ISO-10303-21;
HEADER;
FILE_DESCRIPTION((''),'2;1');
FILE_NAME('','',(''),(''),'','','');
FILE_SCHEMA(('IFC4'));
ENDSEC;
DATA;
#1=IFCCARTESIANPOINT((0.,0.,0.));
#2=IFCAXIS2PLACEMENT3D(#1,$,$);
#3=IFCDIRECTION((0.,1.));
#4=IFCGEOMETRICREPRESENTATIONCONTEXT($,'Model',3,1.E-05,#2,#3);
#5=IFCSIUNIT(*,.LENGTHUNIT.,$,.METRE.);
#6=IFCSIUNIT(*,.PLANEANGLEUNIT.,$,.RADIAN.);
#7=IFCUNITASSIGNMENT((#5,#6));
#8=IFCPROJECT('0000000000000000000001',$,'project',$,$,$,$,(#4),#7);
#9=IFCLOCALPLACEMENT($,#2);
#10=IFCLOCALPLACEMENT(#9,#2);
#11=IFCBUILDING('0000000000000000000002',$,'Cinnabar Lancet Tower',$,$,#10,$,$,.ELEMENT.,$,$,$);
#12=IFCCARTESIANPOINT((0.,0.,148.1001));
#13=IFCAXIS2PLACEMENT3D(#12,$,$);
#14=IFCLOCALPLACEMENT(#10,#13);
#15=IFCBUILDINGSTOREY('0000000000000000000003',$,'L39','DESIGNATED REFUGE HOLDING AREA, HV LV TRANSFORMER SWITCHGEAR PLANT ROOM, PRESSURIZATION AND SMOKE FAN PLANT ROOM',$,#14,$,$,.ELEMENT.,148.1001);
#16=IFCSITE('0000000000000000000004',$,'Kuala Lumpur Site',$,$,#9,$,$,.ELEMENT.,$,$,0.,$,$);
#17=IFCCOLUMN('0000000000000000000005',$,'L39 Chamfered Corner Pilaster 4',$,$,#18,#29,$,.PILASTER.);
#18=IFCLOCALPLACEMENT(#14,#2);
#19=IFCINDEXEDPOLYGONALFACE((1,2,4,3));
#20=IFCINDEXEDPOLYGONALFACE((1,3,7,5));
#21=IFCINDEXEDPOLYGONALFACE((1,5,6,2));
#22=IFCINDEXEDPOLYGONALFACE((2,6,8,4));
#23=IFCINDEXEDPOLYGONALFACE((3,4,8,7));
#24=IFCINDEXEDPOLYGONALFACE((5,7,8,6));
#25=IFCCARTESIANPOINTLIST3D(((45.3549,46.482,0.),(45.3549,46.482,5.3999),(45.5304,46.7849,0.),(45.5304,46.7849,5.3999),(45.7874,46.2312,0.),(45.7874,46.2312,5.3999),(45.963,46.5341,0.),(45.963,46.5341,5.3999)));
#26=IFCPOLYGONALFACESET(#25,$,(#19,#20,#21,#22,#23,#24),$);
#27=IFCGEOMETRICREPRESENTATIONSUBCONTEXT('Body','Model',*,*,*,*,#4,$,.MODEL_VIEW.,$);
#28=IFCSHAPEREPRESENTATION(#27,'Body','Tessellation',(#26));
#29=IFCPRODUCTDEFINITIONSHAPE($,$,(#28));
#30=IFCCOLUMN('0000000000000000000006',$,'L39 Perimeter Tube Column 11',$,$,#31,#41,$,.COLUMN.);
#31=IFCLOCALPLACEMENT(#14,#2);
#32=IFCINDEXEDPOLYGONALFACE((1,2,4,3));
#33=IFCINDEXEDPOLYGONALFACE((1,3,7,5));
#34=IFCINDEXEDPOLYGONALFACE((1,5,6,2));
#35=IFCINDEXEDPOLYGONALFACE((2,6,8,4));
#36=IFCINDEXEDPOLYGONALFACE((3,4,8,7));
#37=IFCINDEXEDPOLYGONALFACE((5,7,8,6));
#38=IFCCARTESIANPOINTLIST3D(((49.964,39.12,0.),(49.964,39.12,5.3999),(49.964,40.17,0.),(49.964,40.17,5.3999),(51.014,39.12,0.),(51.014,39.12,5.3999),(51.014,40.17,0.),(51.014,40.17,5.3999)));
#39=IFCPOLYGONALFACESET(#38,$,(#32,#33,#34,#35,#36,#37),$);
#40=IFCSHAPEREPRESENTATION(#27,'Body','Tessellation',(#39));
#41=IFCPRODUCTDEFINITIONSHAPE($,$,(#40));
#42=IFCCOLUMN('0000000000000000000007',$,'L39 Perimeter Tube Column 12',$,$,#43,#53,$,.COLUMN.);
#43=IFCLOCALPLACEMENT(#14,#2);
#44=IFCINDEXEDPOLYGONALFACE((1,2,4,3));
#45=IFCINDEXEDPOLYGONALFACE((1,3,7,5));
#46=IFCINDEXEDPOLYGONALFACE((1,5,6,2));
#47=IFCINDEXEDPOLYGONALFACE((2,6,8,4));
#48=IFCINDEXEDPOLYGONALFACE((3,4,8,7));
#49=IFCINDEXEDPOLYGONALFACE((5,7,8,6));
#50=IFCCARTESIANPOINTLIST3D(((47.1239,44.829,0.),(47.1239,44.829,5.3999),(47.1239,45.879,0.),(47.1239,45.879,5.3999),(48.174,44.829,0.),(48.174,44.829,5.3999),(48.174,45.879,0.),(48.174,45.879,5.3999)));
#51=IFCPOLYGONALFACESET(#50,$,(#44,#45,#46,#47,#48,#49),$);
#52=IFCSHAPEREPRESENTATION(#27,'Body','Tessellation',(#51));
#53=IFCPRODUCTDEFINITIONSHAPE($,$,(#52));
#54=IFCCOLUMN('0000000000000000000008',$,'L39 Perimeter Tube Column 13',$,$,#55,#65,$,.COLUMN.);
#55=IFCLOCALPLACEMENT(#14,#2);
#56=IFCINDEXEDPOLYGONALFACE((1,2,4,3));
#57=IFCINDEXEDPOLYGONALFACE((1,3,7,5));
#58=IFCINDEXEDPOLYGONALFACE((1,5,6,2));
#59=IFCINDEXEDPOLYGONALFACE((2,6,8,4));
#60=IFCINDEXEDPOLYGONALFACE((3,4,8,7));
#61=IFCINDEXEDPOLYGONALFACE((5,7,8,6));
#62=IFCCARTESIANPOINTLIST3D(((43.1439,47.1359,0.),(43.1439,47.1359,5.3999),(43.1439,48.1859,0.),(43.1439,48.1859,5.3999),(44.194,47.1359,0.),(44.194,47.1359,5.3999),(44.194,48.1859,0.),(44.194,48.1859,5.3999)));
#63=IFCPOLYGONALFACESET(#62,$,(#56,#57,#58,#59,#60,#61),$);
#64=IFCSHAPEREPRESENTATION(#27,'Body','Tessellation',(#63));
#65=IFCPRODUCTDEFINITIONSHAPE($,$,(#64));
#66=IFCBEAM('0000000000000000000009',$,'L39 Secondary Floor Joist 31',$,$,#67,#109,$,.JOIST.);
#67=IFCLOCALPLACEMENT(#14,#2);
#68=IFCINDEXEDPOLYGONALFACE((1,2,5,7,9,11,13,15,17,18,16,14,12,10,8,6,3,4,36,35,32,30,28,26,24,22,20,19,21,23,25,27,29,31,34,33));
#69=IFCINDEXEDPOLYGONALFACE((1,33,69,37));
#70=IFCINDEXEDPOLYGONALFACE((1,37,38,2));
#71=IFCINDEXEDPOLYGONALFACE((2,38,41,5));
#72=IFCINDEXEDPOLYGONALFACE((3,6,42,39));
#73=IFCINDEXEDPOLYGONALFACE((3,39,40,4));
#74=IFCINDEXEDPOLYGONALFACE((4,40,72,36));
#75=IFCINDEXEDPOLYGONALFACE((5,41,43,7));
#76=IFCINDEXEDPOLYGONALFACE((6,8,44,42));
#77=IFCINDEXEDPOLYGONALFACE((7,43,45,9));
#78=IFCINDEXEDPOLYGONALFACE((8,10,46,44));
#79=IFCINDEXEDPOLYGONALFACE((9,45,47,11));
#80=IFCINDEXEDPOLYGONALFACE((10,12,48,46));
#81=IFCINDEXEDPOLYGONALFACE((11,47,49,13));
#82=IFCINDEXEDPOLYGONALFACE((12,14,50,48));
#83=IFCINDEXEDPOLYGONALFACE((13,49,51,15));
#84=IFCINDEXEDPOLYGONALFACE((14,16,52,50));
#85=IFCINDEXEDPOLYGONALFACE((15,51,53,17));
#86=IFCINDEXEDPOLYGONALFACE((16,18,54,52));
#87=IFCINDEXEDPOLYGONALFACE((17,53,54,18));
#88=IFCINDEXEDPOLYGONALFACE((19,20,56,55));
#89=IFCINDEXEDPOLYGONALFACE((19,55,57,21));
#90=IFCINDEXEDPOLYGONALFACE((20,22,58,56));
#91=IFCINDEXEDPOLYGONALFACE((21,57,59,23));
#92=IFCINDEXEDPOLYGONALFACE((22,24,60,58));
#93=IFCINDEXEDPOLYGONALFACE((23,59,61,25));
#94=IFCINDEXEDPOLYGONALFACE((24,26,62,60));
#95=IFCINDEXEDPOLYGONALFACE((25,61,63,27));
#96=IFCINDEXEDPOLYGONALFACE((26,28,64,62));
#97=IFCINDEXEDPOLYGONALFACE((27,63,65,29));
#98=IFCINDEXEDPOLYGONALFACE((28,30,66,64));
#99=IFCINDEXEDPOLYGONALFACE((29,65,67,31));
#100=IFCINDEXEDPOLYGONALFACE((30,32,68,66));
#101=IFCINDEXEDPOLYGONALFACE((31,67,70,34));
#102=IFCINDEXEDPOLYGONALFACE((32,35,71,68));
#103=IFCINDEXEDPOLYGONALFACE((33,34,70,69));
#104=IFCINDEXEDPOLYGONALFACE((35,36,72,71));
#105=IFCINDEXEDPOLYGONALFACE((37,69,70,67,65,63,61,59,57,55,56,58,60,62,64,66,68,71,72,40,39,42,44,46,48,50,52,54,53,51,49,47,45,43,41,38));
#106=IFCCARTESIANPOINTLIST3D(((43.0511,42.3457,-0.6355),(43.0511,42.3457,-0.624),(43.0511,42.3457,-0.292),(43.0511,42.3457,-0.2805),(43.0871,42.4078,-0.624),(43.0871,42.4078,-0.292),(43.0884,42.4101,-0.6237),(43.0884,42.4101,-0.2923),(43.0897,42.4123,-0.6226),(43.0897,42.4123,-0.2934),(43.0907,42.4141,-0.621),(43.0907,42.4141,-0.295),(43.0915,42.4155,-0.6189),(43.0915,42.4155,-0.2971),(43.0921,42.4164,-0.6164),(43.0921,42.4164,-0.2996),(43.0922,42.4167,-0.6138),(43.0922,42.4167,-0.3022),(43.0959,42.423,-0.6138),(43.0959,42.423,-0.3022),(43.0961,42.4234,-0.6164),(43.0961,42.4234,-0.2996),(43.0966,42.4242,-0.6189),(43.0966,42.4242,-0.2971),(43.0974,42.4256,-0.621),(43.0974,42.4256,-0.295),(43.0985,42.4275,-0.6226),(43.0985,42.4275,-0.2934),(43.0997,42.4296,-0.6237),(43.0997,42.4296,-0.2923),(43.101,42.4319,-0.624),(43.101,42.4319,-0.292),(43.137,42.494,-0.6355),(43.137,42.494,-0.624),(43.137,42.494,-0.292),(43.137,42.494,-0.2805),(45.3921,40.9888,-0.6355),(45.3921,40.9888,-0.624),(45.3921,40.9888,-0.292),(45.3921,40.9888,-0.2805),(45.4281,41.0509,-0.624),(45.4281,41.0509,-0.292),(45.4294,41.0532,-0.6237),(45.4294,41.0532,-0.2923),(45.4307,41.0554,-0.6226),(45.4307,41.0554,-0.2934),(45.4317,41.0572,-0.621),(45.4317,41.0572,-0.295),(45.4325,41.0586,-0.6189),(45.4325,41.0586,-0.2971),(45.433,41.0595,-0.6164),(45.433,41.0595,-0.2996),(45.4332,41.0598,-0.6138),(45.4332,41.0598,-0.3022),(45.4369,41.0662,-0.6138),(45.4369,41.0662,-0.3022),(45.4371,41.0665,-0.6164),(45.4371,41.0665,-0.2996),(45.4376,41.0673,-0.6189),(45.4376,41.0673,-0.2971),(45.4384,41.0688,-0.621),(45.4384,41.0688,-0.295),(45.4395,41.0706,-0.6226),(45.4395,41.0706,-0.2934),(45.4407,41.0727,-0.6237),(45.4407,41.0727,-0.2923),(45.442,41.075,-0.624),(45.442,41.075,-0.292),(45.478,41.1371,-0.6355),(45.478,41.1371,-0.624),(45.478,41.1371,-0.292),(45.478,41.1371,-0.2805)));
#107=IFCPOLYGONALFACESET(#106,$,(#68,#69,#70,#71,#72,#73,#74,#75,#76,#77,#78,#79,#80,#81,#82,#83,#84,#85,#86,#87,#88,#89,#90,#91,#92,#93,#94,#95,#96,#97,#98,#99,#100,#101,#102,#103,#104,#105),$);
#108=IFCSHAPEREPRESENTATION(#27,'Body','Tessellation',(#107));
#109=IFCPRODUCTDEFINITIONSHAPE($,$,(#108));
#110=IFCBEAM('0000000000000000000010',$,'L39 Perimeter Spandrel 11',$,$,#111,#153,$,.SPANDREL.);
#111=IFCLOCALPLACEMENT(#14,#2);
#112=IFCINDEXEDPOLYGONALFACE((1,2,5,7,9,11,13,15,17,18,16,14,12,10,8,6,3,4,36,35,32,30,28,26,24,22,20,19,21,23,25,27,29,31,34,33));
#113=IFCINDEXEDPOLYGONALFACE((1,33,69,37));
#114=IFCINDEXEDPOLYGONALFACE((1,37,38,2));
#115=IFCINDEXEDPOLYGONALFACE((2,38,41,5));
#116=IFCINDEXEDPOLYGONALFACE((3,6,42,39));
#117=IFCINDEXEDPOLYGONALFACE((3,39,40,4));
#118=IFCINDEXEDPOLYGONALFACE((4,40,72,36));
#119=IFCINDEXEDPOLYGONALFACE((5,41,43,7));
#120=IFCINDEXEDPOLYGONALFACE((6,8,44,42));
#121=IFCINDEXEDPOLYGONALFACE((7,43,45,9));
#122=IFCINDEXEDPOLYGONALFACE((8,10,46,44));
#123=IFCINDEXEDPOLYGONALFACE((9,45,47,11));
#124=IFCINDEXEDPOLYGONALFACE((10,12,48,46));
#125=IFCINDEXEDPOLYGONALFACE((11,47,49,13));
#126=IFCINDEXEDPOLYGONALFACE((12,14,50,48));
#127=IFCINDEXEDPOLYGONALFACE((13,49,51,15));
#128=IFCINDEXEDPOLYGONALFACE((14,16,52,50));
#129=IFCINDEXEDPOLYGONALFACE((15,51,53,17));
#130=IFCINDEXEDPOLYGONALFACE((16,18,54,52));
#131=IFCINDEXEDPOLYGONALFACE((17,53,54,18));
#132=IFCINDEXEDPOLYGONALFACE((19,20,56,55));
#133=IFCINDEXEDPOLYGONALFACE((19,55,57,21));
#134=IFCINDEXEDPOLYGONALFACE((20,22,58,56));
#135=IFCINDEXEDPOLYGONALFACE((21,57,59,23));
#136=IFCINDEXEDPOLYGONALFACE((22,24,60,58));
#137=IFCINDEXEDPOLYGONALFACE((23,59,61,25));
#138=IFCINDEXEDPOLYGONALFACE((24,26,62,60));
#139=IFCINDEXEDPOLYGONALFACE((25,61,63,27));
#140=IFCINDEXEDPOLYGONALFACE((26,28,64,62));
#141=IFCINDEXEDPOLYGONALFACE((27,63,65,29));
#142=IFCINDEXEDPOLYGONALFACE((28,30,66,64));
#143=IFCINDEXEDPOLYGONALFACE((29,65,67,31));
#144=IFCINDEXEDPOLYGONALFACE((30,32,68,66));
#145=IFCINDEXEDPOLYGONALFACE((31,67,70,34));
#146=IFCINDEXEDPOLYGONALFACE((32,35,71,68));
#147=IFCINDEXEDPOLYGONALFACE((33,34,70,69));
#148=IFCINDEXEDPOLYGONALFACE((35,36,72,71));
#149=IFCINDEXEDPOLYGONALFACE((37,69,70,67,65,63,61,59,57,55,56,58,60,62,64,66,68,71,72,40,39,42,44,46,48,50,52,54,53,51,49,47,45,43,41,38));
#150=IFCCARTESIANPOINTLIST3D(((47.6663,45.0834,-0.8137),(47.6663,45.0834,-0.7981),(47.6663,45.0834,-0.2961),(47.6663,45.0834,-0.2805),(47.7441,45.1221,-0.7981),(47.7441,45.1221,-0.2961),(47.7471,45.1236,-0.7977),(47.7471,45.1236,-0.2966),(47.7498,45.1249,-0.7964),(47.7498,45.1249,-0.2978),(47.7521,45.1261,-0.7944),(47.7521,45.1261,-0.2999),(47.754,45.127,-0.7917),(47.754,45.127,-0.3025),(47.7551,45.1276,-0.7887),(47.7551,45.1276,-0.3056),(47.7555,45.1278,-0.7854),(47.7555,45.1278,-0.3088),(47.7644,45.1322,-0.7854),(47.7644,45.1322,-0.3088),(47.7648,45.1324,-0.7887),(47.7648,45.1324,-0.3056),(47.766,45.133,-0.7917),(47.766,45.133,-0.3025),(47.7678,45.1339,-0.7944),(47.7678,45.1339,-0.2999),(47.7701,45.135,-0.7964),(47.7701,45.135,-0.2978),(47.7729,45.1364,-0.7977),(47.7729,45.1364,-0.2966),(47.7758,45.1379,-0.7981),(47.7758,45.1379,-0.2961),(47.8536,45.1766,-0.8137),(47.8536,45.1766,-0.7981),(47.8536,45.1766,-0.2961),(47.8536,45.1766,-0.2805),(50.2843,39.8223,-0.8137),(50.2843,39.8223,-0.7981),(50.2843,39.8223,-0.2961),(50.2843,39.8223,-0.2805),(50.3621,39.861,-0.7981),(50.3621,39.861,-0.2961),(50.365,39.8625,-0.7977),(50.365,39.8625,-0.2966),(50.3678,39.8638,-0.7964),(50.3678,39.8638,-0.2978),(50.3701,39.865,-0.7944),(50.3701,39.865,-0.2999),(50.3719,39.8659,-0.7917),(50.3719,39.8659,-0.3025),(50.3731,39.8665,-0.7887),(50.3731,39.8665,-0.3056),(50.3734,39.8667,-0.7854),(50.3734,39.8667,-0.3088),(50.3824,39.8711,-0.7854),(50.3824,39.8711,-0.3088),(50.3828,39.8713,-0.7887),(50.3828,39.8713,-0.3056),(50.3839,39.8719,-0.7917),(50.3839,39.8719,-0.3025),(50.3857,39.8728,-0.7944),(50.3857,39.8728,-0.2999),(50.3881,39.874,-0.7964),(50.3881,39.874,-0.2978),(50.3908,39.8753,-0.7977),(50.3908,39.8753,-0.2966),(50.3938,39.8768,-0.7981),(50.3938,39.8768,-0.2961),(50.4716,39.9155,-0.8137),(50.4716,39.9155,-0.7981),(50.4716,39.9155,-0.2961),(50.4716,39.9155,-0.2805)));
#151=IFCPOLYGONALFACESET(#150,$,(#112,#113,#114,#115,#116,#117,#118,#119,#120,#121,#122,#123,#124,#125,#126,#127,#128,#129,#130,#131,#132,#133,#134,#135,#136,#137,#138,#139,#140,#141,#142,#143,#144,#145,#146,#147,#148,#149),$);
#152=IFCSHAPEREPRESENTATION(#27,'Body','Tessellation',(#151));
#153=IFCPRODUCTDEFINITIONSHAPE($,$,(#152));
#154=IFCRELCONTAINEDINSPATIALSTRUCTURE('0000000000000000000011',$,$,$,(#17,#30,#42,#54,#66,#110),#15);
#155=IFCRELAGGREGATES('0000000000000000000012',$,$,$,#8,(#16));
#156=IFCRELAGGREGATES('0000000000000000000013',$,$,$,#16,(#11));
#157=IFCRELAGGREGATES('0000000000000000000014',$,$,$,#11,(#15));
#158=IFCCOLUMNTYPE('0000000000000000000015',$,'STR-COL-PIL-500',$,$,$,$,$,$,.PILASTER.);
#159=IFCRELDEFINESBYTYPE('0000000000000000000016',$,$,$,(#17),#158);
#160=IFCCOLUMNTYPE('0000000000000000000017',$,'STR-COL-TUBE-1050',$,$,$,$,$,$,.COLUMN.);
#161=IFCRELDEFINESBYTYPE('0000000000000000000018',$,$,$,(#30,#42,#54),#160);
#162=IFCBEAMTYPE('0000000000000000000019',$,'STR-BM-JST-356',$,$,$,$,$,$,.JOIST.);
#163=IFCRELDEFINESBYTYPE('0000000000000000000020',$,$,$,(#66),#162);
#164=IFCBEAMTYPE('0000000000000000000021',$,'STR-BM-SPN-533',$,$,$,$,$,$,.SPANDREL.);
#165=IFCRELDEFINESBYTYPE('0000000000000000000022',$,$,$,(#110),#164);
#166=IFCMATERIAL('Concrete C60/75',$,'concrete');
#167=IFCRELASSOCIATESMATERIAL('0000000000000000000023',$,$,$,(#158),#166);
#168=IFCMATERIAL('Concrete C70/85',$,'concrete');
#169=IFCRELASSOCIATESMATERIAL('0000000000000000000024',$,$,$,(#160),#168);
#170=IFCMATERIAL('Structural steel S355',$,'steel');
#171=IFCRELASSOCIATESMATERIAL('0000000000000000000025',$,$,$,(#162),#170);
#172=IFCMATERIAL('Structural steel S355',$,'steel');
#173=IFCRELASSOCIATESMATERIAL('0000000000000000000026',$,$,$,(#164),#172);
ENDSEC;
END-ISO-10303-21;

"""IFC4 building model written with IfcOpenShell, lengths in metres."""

from ifc_helpers import new_model, si_unit, direction, frame, origin, origin_2d, place, context, subcontext, project, spatial, rectangle, i_section, extrude, material, material_profile, profile_set, type_object, element, save


model = new_model("IFC4")

# Units and contexts
model_context = context("Model", 3, precision=1e-05, world=origin(), true_north=direction((0.0, 1.0)))
body_context = subcontext(model_context, "Body", "Model", "MODEL_VIEW")
ifc_project = project(units=[si_unit("LENGTHUNIT", "METRE"), si_unit("PLANEANGLEUNIT", "RADIAN")], contexts=[model_context])

# Site, building, storey
site_placement = place(None, origin())
site = spatial("IfcSite", under=ifc_project, at=site_placement, Name="Kuala Lumpur Site", CompositionType="ELEMENT", RefElevation=0.0)
building_placement = place(site_placement, origin())
building = spatial("IfcBuilding", under=site, at=building_placement, Name="Cinnabar Lancet Tower", CompositionType="ELEMENT")
storey_placement = place(building_placement, frame((0.0, 0.0, 148.1001)))
storey = spatial("IfcBuildingStorey", under=building, at=storey_placement, Name="L39", Description="DESIGNATED REFUGE HOLDING AREA, HV LV TRANSFORMER SWITCHGEAR PLANT ROOM, PRESSURIZATION AND SMOKE FAN PLANT ROOM", CompositionType="ELEMENT", Elevation=148.1001)

# Columns
ifc_material_1 = material(Name="Concrete C60/75", Category="concrete")
ifc_material_profile_1 = material_profile(ifc_material_1, rectangle(XDim=0.5, YDim=0.3501, at=origin_2d()), Name="RC-PIL 500x350")
ifc_profile_set_1 = profile_set([ifc_material_profile_1], Name="Concrete C60/75")
column_type_1 = type_object("IfcColumnType", Name="STR-COL-PIL-500", PredefinedType="PILASTER", material=ifc_profile_set_1)
column_placement = place(storey_placement, frame((45.6589, 46.5081, 0.0), z_axis=(0.0, 0.0, 1.0), x_axis=(-0.86516, 0.501496, 0.0)))
element("IfcColumn", 1, at=column_placement, inside=storey, type_object=column_type_1, Name="L39 Chamfered Corner Pilaster 4", PredefinedType="PILASTER", context=body_context, shape_type="SweptSolid", body=[
    extrude(rectangle(XDim=0.5, YDim=0.3501, at=origin_2d()), origin(), (0.0, 0.0, 1.0), 5.3999),
])
ifc_material_2 = material(Name="Concrete C70/85", Category="concrete")
ifc_material_profile_2 = material_profile(ifc_material_2, rectangle(XDim=1.05, YDim=1.05, at=origin_2d()), Name="RC-COL 1050x1050")
ifc_profile_set_2 = profile_set([ifc_material_profile_2], Name="Concrete C70/85")
column_type_2 = type_object("IfcColumnType", Name="STR-COL-TUBE-1050", PredefinedType="COLUMN", material=ifc_profile_set_2)
for number, where, z_axis, x_axis, name in (
    (2, (50.489, 39.645, 0.0), (0.0, 0.0, 1.0), (1.0, 0.0, 0.0), "L39 Perimeter Tube Column 11"),
    (3, (47.6489, 45.354, 0.0), (0.0, 0.0, 1.0), (1.0, 0.0, 0.0), "L39 Perimeter Tube Column 12"),
    (4, (43.6689, 47.6609, 0.0), (0.0, 0.0, 1.0), (1.0, 0.0, 0.0), "L39 Perimeter Tube Column 13"),
):
    element("IfcColumn", number, at=place(storey_placement, frame(where, z_axis=z_axis, x_axis=x_axis)), inside=storey, type_object=column_type_2, Name=name, PredefinedType="COLUMN", context=body_context, shape_type="SweptSolid", body=[
        extrude(rectangle(XDim=1.05, YDim=1.05, at=origin_2d()), origin(), (0.0, 0.0, 1.0), 5.3999),
    ])

# Beams
ifc_material_3 = material(Name="Structural steel S355", Category="steel")
ifc_material_profile_3 = material_profile(ifc_material_3, i_section(OverallWidth=0.1714, OverallDepth=0.355, WebThickness=0.0073, FlangeThickness=0.0115, FilletRadius=0.0103, at=origin_2d()), Name="UKB 356x171x51")
ifc_profile_set_3 = profile_set([ifc_material_profile_3], Name="Structural steel S355")
beam_type_1 = type_object("IfcBeamType", Name="STR-BM-JST-356", PredefinedType="JOIST", material=ifc_profile_set_3)
beam_1_placement = place(storey_placement, frame((45.4351, 41.063, -0.458), z_axis=(-0.865173, 0.501474, 0.0), x_axis=(-0.501474, -0.865173, 0.0)))
element("IfcBeam", 5, at=beam_1_placement, inside=storey, type_object=beam_type_1, Name="L39 Secondary Floor Joist 31", PredefinedType="JOIST", context=body_context, shape_type="SweptSolid", body=[
    extrude(i_section(OverallWidth=0.1714, OverallDepth=0.355, WebThickness=0.0073, FlangeThickness=0.0115, FilletRadius=0.0103, at=origin_2d()), origin(), (0.0, 0.0, 1.0), 2.7058),
])
ifc_material_4 = material(Name="Structural steel S355", Category="steel")
ifc_material_profile_4 = material_profile(ifc_material_4, i_section(OverallWidth=0.2092, OverallDepth=0.5332, WebThickness=0.01, FlangeThickness=0.0156, FilletRadius=0.0127, at=origin_2d()), Name="UKB 533x210x92")
ifc_profile_set_4 = profile_set([ifc_material_profile_4], Name="Structural steel S355")
beam_type_2 = type_object("IfcBeamType", Name="STR-BM-SPN-533", PredefinedType="SPANDREL", material=ifc_profile_set_4)
beam_2_placement = place(storey_placement, frame((50.3779, 39.8689, -0.5471), z_axis=(-0.445501, 0.895281, 0.0), x_axis=(-0.895281, -0.445501, 0.0)))
element("IfcBeam", 6, at=beam_2_placement, inside=storey, type_object=beam_type_2, Name="L39 Perimeter Spandrel 11", PredefinedType="SPANDREL", context=body_context, shape_type="SweptSolid", body=[
    extrude(i_section(OverallWidth=0.2092, OverallDepth=0.5332, WebThickness=0.01, FlangeThickness=0.0156, FilletRadius=0.0127, at=origin_2d()), origin(), (0.0, 0.0, 1.0), 5.8765),
])

save(model, "model.ifc")
